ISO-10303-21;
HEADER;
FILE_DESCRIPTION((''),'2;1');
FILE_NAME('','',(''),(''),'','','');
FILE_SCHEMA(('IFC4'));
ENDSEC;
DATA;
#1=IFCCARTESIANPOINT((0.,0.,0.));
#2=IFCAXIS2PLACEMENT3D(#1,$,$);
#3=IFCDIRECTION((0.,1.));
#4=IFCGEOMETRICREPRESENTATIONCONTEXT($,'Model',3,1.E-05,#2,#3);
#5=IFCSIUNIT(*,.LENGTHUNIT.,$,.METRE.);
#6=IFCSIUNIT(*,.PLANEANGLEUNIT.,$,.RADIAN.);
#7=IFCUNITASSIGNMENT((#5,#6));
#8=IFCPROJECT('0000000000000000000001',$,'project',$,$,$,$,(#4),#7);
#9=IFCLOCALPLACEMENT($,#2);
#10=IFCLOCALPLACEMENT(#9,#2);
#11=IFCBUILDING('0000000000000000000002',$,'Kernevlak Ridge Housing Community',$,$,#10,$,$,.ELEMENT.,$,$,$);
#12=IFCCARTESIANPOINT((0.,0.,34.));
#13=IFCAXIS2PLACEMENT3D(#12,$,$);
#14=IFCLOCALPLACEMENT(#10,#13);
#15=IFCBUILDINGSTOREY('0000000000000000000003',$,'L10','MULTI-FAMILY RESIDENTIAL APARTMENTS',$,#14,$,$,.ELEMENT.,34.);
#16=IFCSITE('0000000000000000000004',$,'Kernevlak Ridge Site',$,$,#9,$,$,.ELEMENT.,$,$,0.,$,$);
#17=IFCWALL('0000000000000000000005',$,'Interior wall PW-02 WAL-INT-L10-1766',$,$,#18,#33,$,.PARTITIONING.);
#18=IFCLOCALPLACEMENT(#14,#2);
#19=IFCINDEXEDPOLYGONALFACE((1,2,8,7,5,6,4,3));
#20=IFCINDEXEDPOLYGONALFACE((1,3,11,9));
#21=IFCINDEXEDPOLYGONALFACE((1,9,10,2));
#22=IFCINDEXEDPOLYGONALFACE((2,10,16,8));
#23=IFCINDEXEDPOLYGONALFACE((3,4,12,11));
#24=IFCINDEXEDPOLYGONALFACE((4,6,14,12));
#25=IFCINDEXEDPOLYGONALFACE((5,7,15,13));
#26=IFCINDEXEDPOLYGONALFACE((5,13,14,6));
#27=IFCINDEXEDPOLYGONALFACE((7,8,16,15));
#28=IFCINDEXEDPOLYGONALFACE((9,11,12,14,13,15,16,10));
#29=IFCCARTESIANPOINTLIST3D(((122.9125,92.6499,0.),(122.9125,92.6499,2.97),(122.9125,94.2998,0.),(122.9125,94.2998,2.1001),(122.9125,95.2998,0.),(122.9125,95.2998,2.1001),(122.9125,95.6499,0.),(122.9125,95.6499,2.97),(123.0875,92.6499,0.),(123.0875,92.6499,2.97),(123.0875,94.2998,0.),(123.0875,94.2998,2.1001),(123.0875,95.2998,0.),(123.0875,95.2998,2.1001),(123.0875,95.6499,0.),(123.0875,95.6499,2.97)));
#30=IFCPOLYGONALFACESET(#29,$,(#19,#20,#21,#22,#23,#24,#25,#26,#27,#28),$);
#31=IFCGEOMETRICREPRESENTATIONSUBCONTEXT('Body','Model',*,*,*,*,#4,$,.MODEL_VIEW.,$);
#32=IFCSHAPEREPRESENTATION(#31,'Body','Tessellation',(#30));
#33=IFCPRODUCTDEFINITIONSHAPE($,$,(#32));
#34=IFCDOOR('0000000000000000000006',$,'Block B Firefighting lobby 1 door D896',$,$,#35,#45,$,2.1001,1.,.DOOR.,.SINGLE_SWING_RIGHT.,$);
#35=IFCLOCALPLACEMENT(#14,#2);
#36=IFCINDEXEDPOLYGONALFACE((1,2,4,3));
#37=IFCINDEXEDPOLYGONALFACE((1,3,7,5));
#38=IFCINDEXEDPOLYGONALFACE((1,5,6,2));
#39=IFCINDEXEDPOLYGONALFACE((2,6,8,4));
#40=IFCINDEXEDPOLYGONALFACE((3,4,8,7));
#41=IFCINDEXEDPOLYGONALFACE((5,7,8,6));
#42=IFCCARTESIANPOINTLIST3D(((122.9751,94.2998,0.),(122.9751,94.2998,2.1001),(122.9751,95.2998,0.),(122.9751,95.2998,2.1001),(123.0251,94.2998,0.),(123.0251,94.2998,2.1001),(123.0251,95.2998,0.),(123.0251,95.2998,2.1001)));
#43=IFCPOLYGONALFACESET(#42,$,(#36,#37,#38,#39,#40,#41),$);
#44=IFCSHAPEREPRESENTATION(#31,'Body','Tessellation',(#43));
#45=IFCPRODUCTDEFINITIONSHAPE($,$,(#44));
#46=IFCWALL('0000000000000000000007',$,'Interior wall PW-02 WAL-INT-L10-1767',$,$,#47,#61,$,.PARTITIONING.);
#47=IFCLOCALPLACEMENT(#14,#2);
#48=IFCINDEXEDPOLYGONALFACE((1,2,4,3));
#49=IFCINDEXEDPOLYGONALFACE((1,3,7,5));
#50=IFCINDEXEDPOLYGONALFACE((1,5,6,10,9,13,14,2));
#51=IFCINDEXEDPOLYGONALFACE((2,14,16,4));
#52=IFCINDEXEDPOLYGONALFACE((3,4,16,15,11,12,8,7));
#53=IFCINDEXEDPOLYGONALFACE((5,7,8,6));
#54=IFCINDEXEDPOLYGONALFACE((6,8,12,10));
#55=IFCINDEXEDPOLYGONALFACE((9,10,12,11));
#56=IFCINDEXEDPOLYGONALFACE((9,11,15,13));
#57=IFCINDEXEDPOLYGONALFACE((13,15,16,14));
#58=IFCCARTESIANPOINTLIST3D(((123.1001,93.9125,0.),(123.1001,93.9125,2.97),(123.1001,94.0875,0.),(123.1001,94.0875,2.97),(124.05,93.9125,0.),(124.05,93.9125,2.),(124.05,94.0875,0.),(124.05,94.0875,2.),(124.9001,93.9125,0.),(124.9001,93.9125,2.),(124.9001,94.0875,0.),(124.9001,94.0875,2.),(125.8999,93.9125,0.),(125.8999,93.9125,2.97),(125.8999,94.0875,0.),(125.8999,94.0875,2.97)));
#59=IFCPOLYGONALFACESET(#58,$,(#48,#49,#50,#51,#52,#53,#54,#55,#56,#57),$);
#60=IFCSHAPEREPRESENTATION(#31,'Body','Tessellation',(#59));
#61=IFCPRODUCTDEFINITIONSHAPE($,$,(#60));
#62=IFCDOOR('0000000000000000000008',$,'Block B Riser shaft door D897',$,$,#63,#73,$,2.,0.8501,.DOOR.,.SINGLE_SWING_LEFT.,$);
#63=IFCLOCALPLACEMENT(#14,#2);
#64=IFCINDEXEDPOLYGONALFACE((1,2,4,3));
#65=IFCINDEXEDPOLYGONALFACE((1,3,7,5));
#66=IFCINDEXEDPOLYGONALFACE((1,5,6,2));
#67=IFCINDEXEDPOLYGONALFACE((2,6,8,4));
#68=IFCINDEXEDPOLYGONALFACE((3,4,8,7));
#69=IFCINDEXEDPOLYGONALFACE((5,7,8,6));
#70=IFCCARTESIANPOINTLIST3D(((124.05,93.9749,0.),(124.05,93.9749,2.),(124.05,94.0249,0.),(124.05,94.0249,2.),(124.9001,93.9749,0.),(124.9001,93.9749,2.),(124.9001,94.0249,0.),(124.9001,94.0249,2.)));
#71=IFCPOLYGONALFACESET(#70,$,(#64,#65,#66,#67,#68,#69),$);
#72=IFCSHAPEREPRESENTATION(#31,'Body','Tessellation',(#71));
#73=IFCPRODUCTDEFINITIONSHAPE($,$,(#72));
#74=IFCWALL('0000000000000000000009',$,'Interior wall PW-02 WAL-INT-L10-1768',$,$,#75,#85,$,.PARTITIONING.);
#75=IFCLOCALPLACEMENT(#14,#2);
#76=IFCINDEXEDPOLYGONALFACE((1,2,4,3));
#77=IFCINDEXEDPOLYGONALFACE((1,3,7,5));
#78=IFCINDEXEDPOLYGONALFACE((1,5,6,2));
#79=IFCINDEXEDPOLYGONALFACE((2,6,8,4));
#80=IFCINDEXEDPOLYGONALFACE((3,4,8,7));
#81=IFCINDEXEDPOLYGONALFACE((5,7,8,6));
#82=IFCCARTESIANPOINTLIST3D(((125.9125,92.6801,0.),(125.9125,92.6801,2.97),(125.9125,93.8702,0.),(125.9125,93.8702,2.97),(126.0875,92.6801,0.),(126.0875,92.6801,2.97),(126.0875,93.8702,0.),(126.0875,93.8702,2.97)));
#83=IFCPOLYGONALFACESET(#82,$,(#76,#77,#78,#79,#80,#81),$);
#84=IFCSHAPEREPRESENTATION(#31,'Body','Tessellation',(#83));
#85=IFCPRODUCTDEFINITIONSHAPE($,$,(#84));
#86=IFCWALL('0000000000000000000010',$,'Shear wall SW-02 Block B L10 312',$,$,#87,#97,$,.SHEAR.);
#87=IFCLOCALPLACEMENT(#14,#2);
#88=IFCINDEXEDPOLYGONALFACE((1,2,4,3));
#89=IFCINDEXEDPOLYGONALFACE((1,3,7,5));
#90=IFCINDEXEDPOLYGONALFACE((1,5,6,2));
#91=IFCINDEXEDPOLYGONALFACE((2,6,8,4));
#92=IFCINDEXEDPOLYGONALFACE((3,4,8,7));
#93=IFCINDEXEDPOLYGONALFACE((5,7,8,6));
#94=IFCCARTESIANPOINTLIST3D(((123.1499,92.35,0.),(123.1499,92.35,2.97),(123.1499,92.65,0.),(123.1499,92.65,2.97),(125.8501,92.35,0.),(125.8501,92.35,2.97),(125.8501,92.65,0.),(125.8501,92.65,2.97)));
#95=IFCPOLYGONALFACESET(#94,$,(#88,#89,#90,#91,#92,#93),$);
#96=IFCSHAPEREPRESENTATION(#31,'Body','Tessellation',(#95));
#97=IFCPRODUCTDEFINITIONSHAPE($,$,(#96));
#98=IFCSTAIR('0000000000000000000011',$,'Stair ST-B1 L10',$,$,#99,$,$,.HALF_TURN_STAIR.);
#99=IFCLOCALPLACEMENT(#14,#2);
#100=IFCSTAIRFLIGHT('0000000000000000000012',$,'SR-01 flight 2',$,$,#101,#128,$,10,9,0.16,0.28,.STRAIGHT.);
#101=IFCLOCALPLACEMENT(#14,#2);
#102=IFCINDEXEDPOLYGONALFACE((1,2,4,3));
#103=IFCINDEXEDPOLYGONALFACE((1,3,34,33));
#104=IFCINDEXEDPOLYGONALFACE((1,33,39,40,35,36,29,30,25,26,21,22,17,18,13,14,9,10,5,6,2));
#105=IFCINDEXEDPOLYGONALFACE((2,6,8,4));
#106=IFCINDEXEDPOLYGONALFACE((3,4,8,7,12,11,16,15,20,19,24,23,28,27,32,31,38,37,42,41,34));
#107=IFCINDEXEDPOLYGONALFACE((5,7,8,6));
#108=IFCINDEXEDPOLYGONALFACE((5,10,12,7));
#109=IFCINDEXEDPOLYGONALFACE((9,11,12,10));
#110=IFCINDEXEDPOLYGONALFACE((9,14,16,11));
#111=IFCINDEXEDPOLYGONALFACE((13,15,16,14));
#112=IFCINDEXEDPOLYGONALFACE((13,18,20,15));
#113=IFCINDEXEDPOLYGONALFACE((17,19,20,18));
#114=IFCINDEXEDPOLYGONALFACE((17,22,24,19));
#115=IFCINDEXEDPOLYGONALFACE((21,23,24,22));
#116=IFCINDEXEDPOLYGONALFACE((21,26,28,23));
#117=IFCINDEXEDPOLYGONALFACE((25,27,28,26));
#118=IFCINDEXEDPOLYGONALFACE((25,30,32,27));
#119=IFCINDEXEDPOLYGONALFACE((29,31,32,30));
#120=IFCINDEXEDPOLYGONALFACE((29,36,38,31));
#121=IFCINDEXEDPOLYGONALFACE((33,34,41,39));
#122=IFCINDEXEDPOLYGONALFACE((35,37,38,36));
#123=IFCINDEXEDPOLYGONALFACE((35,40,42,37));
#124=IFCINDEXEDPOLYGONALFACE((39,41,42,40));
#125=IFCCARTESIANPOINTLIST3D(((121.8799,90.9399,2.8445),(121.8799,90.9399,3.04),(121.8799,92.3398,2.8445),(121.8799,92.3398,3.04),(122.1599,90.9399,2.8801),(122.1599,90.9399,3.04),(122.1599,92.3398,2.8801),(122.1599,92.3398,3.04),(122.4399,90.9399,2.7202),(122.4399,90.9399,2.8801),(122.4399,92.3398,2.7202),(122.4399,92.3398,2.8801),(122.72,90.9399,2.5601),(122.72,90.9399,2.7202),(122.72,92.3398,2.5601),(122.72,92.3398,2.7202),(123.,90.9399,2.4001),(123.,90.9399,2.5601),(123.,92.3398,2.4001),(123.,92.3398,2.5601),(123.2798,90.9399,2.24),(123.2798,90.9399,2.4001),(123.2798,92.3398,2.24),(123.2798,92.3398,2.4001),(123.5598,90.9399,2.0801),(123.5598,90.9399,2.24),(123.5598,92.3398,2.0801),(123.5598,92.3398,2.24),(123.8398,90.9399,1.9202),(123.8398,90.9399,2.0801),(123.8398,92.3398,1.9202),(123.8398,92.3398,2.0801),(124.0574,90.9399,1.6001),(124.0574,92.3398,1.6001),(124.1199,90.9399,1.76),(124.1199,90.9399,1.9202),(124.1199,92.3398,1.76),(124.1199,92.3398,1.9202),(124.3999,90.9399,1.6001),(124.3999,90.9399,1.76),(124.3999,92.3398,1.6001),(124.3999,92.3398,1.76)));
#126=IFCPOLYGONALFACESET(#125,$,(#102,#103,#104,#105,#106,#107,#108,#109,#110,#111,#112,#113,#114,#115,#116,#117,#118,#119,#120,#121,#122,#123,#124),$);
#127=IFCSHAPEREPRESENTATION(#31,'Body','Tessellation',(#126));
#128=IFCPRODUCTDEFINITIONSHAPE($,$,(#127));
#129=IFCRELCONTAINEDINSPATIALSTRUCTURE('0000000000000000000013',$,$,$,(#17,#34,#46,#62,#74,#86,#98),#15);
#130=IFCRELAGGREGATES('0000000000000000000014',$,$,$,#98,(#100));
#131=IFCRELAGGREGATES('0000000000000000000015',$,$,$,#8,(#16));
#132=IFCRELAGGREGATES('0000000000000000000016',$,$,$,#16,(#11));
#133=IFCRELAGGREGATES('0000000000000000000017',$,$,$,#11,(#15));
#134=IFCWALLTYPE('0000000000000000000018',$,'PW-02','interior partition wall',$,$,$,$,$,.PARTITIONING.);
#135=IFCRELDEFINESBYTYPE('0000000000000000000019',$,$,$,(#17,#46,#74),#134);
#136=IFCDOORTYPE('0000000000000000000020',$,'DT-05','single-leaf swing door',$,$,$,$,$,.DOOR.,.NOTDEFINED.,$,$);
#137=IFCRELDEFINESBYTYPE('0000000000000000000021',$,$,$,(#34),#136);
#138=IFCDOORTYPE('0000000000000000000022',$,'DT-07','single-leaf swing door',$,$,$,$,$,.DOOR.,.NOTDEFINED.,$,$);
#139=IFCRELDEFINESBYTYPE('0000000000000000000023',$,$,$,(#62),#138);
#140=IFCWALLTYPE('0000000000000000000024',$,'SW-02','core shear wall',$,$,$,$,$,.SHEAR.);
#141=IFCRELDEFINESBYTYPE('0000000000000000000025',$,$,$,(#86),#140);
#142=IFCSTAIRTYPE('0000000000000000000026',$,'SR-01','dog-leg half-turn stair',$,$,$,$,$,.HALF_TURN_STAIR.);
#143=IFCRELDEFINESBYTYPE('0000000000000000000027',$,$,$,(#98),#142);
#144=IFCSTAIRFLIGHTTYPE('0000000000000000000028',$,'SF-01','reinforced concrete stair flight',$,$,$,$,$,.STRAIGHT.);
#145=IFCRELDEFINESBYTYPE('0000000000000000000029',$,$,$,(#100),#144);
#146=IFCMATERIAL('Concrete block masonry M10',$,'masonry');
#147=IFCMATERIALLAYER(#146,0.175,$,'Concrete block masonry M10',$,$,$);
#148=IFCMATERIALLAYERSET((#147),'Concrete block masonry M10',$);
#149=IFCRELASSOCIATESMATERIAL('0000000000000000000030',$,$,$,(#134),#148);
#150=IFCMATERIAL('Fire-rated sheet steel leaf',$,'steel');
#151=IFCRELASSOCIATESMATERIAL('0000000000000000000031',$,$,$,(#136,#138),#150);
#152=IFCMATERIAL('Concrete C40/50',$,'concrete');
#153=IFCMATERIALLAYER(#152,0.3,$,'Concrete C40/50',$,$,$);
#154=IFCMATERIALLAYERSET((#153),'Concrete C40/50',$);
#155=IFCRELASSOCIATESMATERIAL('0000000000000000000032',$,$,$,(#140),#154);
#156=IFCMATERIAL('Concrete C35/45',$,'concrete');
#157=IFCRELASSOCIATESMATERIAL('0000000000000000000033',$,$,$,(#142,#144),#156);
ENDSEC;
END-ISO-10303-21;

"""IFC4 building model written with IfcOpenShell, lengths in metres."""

from ifc_helpers import new_model, si_unit, direction, frame, frame_2d, origin, place, context, subcontext, project, spatial, polyline, rectangle, outline, extrude, material, layer, layer_set, type_object, element, fill, aggregate, save


model = new_model("IFC4")

# Units and contexts
model_context = context("Model", 3, precision=1e-05, world=origin(), true_north=direction((0.0, 1.0)))
body_context = subcontext(model_context, "Body", "Model", "MODEL_VIEW")
ifc_project = project(units=[si_unit("LENGTHUNIT", "METRE"), si_unit("PLANEANGLEUNIT", "RADIAN")], contexts=[model_context])

# Site, building, storey
site_placement = place(None, origin())
site = spatial("IfcSite", under=ifc_project, at=site_placement, Name="Kernevlak Ridge Site", CompositionType="ELEMENT", RefElevation=0.0)
building_placement = place(site_placement, origin())
building = spatial("IfcBuilding", under=site, at=building_placement, Name="Kernevlak Ridge Housing Community", CompositionType="ELEMENT")
storey_placement = place(building_placement, frame((0.0, 0.0, 34.0)))
storey = spatial("IfcBuildingStorey", under=building, at=storey_placement, Name="L10", Description="MULTI-FAMILY RESIDENTIAL APARTMENTS", CompositionType="ELEMENT", Elevation=34.0)

# Shared definitions
ifc_material_1 = material(Name="Concrete C35/45", Category="concrete")
ifc_material_2 = material(Name="Fire-rated sheet steel leaf", Category="steel")

# Walls, openings, doors
ifc_material_3 = material(Name="Concrete block masonry M10", Category="masonry")
ifc_layer_1 = layer(ifc_material_3, 0.175, Name="Concrete block masonry M10")
ifc_layer_set_1 = layer_set([ifc_layer_1], Name="Concrete block masonry M10")
wall_type_1 = type_object("IfcWallType", Name="PW-02", Description="interior partition wall", PredefinedType="PARTITIONING", material=ifc_layer_set_1)
wall_1_placement = place(storey_placement, frame((123.0, 92.6499, 0.0), z_axis=(0.0, 0.0, 1.0), x_axis=(0.0, 1.0, 0.0)))
wall_1 = element("IfcWall", 1, at=wall_1_placement, inside=storey, type_object=wall_type_1, Name="Interior wall PW-02 WAL-INT-L10-1766", PredefinedType="PARTITIONING", context=body_context, shape_type="SweptSolid", body=[
    extrude(rectangle(XDim=3.0, YDim=0.175, at=frame_2d((1.5, 0.0))), origin(), (0.0, 0.0, 1.0), 2.97),
])
opening_1_placement = place(wall_1_placement, frame((1.6499, 0.0, 0.0)))
opening_1 = element("IfcOpeningElement", 2, at=opening_1_placement, cuts=wall_1, PredefinedType="OPENING", context=body_context, shape_type="SweptSolid", body=[
    extrude(rectangle(XDim=1.0, YDim=2.1001, at=frame_2d((0.5, 1.05))), frame((0.0, 0.0974, 0.0), z_axis=(0.0, -1.0, 0.0), x_axis=(1.0, 0.0, 0.0)), (0.0, 0.0, 1.0), 0.1951),
])
door_type_1 = type_object("IfcDoorType", Name="DT-05", Description="single-leaf swing door", OperationType="NOTDEFINED", PredefinedType="DOOR", material=ifc_material_2)
door_1_placement = place(opening_1_placement, origin())
door_1 = element("IfcDoor", 3, at=door_1_placement, inside=storey, type_object=door_type_1, Name="Block B Firefighting lobby 1 door D896", OperationType="SINGLE_SWING_RIGHT", OverallHeight=2.1001, OverallWidth=1.0, PredefinedType="DOOR", context=body_context, shape_type="SweptSolid", body=[
    extrude(rectangle(XDim=1.0, YDim=2.1001, at=frame_2d((0.5, 1.05))), frame((0.0, 0.0249, 0.0), z_axis=(0.0, -1.0, 0.0), x_axis=(1.0, 0.0, 0.0)), (0.0, 0.0, 1.0), 0.05),
])
fill(opening_1, door_1)
wall_2_placement = place(storey_placement, frame((123.1001, 94.0, 0.0), z_axis=(0.0, 0.0, 1.0), x_axis=(1.0, 0.0, 0.0)))
wall_2 = element("IfcWall", 4, at=wall_2_placement, inside=storey, type_object=wall_type_1, Name="Interior wall PW-02 WAL-INT-L10-1767", PredefinedType="PARTITIONING", context=body_context, shape_type="SweptSolid", body=[
    extrude(rectangle(XDim=2.7998, YDim=0.175, at=frame_2d((1.3999, 0.0))), origin(), (0.0, 0.0, 1.0), 2.97),
])
opening_2_placement = place(wall_2_placement, frame((0.95, 0.0, 0.0)))
opening_2 = element("IfcOpeningElement", 5, at=opening_2_placement, cuts=wall_2, PredefinedType="OPENING", context=body_context, shape_type="SweptSolid", body=[
    extrude(rectangle(XDim=0.8501, YDim=2.0, at=frame_2d((0.425, 1.0))), frame((0.0, 0.0974, 0.0), z_axis=(0.0, -1.0, 0.0), x_axis=(1.0, 0.0, 0.0)), (0.0, 0.0, 1.0), 0.1951),
])
door_type_2 = type_object("IfcDoorType", Name="DT-07", Description="single-leaf swing door", OperationType="NOTDEFINED", PredefinedType="DOOR", material=ifc_material_2)
door_2_placement = place(opening_2_placement, origin())
door_2 = element("IfcDoor", 6, at=door_2_placement, inside=storey, type_object=door_type_2, Name="Block B Riser shaft door D897", OperationType="SINGLE_SWING_LEFT", OverallHeight=2.0, OverallWidth=0.8501, PredefinedType="DOOR", context=body_context, shape_type="SweptSolid", body=[
    extrude(rectangle(XDim=0.8501, YDim=2.0, at=frame_2d((0.425, 1.0))), frame((0.0, 0.0249, 0.0), z_axis=(0.0, -1.0, 0.0), x_axis=(1.0, 0.0, 0.0)), (0.0, 0.0, 1.0), 0.05),
])
fill(opening_2, door_2)

# Walls
wall_3_placement = place(storey_placement, frame((126.0, 92.6799, 0.0), z_axis=(0.0, 0.0, 1.0), x_axis=(0.0, 1.0, 0.0)))
element("IfcWall", 7, at=wall_3_placement, inside=storey, type_object=wall_type_1, Name="Interior wall PW-02 WAL-INT-L10-1768", PredefinedType="PARTITIONING", context=body_context, shape_type="SweptSolid", body=[
    extrude(rectangle(XDim=1.1902, YDim=0.175, at=frame_2d((0.5952, 0.0))), origin(), (0.0, 0.0, 1.0), 2.97),
])
ifc_material_4 = material(Name="Concrete C40/50", Category="concrete")
ifc_layer_2 = layer(ifc_material_4, 0.3, Name="Concrete C40/50")
ifc_layer_set_2 = layer_set([ifc_layer_2], Name="Concrete C40/50")
wall_type_2 = type_object("IfcWallType", Name="SW-02", Description="core shear wall", PredefinedType="SHEAR", material=ifc_layer_set_2)
wall_4_placement = place(storey_placement, frame((123.1499, 92.5, 0.0), z_axis=(0.0, 0.0, 1.0), x_axis=(1.0, 0.0, 0.0)))
element("IfcWall", 8, at=wall_4_placement, inside=storey, type_object=wall_type_2, Name="Shear wall SW-02 Block B L10 312", PredefinedType="SHEAR", context=body_context, shape_type="SweptSolid", body=[
    extrude(rectangle(XDim=2.7002, YDim=0.3, at=frame_2d((1.3501, 0.0))), origin(), (0.0, 0.0, 1.0), 2.97),
])

# Stair, stair flight
stair_type = type_object("IfcStairType", Name="SR-01", Description="dog-leg half-turn stair", PredefinedType="HALF_TURN_STAIR", material=ifc_material_1)
stair_placement = place(storey_placement, origin())
stair = element("IfcStair", 9, at=stair_placement, inside=storey, type_object=stair_type, Name="Stair ST-B1 L10", PredefinedType="HALF_TURN_STAIR")
stair_flight_type = type_object("IfcStairFlightType", Name="SF-01", Description="reinforced concrete stair flight", PredefinedType="STRAIGHT", material=ifc_material_1)
stair_flight_placement = place(storey_placement, frame((124.3999, 91.6399, 1.6001), z_axis=(0.0, 0.0, 1.0), x_axis=(-1.0, 0.0, 0.0)))
stair_flight = element("IfcStairFlight", 10, at=stair_flight_placement, type_object=stair_flight_type, Name="SR-01 flight 2", NumberOfRisers=10, NumberOfTreads=9, PredefinedType="STRAIGHT", RiserHeight=0.16, TreadLength=0.28, context=body_context, shape_type="SweptSolid", body=[
    extrude(outline(polyline([(0.0, 0.0), (0.0, 0.1599), (0.28, 0.1599), (0.28, 0.3201), (0.5601, 0.3201), (0.5601, 0.48), (0.8401, 0.48), (0.8401, 0.6399), (1.1201, 0.6399), (1.1201, 0.8), (1.3999, 0.8), (1.3999, 0.96), (1.6799, 0.96), (1.6799, 1.1201), (1.96, 1.1201), (1.96, 1.28), (2.24, 1.28), (2.24, 1.4399), (2.52, 1.4399), (2.52, 1.6001), (2.52, 1.2444), (0.3425, 0.0), (0.0, 0.0)])), frame((0.0, 0.7, 0.0), z_axis=(0.0, -1.0, 0.0), x_axis=(1.0, 0.0, 0.0)), (0.0, 0.0, 1.0), 1.3999),
])
aggregate(stair, [stair_flight])

save(model, "model.ifc")
